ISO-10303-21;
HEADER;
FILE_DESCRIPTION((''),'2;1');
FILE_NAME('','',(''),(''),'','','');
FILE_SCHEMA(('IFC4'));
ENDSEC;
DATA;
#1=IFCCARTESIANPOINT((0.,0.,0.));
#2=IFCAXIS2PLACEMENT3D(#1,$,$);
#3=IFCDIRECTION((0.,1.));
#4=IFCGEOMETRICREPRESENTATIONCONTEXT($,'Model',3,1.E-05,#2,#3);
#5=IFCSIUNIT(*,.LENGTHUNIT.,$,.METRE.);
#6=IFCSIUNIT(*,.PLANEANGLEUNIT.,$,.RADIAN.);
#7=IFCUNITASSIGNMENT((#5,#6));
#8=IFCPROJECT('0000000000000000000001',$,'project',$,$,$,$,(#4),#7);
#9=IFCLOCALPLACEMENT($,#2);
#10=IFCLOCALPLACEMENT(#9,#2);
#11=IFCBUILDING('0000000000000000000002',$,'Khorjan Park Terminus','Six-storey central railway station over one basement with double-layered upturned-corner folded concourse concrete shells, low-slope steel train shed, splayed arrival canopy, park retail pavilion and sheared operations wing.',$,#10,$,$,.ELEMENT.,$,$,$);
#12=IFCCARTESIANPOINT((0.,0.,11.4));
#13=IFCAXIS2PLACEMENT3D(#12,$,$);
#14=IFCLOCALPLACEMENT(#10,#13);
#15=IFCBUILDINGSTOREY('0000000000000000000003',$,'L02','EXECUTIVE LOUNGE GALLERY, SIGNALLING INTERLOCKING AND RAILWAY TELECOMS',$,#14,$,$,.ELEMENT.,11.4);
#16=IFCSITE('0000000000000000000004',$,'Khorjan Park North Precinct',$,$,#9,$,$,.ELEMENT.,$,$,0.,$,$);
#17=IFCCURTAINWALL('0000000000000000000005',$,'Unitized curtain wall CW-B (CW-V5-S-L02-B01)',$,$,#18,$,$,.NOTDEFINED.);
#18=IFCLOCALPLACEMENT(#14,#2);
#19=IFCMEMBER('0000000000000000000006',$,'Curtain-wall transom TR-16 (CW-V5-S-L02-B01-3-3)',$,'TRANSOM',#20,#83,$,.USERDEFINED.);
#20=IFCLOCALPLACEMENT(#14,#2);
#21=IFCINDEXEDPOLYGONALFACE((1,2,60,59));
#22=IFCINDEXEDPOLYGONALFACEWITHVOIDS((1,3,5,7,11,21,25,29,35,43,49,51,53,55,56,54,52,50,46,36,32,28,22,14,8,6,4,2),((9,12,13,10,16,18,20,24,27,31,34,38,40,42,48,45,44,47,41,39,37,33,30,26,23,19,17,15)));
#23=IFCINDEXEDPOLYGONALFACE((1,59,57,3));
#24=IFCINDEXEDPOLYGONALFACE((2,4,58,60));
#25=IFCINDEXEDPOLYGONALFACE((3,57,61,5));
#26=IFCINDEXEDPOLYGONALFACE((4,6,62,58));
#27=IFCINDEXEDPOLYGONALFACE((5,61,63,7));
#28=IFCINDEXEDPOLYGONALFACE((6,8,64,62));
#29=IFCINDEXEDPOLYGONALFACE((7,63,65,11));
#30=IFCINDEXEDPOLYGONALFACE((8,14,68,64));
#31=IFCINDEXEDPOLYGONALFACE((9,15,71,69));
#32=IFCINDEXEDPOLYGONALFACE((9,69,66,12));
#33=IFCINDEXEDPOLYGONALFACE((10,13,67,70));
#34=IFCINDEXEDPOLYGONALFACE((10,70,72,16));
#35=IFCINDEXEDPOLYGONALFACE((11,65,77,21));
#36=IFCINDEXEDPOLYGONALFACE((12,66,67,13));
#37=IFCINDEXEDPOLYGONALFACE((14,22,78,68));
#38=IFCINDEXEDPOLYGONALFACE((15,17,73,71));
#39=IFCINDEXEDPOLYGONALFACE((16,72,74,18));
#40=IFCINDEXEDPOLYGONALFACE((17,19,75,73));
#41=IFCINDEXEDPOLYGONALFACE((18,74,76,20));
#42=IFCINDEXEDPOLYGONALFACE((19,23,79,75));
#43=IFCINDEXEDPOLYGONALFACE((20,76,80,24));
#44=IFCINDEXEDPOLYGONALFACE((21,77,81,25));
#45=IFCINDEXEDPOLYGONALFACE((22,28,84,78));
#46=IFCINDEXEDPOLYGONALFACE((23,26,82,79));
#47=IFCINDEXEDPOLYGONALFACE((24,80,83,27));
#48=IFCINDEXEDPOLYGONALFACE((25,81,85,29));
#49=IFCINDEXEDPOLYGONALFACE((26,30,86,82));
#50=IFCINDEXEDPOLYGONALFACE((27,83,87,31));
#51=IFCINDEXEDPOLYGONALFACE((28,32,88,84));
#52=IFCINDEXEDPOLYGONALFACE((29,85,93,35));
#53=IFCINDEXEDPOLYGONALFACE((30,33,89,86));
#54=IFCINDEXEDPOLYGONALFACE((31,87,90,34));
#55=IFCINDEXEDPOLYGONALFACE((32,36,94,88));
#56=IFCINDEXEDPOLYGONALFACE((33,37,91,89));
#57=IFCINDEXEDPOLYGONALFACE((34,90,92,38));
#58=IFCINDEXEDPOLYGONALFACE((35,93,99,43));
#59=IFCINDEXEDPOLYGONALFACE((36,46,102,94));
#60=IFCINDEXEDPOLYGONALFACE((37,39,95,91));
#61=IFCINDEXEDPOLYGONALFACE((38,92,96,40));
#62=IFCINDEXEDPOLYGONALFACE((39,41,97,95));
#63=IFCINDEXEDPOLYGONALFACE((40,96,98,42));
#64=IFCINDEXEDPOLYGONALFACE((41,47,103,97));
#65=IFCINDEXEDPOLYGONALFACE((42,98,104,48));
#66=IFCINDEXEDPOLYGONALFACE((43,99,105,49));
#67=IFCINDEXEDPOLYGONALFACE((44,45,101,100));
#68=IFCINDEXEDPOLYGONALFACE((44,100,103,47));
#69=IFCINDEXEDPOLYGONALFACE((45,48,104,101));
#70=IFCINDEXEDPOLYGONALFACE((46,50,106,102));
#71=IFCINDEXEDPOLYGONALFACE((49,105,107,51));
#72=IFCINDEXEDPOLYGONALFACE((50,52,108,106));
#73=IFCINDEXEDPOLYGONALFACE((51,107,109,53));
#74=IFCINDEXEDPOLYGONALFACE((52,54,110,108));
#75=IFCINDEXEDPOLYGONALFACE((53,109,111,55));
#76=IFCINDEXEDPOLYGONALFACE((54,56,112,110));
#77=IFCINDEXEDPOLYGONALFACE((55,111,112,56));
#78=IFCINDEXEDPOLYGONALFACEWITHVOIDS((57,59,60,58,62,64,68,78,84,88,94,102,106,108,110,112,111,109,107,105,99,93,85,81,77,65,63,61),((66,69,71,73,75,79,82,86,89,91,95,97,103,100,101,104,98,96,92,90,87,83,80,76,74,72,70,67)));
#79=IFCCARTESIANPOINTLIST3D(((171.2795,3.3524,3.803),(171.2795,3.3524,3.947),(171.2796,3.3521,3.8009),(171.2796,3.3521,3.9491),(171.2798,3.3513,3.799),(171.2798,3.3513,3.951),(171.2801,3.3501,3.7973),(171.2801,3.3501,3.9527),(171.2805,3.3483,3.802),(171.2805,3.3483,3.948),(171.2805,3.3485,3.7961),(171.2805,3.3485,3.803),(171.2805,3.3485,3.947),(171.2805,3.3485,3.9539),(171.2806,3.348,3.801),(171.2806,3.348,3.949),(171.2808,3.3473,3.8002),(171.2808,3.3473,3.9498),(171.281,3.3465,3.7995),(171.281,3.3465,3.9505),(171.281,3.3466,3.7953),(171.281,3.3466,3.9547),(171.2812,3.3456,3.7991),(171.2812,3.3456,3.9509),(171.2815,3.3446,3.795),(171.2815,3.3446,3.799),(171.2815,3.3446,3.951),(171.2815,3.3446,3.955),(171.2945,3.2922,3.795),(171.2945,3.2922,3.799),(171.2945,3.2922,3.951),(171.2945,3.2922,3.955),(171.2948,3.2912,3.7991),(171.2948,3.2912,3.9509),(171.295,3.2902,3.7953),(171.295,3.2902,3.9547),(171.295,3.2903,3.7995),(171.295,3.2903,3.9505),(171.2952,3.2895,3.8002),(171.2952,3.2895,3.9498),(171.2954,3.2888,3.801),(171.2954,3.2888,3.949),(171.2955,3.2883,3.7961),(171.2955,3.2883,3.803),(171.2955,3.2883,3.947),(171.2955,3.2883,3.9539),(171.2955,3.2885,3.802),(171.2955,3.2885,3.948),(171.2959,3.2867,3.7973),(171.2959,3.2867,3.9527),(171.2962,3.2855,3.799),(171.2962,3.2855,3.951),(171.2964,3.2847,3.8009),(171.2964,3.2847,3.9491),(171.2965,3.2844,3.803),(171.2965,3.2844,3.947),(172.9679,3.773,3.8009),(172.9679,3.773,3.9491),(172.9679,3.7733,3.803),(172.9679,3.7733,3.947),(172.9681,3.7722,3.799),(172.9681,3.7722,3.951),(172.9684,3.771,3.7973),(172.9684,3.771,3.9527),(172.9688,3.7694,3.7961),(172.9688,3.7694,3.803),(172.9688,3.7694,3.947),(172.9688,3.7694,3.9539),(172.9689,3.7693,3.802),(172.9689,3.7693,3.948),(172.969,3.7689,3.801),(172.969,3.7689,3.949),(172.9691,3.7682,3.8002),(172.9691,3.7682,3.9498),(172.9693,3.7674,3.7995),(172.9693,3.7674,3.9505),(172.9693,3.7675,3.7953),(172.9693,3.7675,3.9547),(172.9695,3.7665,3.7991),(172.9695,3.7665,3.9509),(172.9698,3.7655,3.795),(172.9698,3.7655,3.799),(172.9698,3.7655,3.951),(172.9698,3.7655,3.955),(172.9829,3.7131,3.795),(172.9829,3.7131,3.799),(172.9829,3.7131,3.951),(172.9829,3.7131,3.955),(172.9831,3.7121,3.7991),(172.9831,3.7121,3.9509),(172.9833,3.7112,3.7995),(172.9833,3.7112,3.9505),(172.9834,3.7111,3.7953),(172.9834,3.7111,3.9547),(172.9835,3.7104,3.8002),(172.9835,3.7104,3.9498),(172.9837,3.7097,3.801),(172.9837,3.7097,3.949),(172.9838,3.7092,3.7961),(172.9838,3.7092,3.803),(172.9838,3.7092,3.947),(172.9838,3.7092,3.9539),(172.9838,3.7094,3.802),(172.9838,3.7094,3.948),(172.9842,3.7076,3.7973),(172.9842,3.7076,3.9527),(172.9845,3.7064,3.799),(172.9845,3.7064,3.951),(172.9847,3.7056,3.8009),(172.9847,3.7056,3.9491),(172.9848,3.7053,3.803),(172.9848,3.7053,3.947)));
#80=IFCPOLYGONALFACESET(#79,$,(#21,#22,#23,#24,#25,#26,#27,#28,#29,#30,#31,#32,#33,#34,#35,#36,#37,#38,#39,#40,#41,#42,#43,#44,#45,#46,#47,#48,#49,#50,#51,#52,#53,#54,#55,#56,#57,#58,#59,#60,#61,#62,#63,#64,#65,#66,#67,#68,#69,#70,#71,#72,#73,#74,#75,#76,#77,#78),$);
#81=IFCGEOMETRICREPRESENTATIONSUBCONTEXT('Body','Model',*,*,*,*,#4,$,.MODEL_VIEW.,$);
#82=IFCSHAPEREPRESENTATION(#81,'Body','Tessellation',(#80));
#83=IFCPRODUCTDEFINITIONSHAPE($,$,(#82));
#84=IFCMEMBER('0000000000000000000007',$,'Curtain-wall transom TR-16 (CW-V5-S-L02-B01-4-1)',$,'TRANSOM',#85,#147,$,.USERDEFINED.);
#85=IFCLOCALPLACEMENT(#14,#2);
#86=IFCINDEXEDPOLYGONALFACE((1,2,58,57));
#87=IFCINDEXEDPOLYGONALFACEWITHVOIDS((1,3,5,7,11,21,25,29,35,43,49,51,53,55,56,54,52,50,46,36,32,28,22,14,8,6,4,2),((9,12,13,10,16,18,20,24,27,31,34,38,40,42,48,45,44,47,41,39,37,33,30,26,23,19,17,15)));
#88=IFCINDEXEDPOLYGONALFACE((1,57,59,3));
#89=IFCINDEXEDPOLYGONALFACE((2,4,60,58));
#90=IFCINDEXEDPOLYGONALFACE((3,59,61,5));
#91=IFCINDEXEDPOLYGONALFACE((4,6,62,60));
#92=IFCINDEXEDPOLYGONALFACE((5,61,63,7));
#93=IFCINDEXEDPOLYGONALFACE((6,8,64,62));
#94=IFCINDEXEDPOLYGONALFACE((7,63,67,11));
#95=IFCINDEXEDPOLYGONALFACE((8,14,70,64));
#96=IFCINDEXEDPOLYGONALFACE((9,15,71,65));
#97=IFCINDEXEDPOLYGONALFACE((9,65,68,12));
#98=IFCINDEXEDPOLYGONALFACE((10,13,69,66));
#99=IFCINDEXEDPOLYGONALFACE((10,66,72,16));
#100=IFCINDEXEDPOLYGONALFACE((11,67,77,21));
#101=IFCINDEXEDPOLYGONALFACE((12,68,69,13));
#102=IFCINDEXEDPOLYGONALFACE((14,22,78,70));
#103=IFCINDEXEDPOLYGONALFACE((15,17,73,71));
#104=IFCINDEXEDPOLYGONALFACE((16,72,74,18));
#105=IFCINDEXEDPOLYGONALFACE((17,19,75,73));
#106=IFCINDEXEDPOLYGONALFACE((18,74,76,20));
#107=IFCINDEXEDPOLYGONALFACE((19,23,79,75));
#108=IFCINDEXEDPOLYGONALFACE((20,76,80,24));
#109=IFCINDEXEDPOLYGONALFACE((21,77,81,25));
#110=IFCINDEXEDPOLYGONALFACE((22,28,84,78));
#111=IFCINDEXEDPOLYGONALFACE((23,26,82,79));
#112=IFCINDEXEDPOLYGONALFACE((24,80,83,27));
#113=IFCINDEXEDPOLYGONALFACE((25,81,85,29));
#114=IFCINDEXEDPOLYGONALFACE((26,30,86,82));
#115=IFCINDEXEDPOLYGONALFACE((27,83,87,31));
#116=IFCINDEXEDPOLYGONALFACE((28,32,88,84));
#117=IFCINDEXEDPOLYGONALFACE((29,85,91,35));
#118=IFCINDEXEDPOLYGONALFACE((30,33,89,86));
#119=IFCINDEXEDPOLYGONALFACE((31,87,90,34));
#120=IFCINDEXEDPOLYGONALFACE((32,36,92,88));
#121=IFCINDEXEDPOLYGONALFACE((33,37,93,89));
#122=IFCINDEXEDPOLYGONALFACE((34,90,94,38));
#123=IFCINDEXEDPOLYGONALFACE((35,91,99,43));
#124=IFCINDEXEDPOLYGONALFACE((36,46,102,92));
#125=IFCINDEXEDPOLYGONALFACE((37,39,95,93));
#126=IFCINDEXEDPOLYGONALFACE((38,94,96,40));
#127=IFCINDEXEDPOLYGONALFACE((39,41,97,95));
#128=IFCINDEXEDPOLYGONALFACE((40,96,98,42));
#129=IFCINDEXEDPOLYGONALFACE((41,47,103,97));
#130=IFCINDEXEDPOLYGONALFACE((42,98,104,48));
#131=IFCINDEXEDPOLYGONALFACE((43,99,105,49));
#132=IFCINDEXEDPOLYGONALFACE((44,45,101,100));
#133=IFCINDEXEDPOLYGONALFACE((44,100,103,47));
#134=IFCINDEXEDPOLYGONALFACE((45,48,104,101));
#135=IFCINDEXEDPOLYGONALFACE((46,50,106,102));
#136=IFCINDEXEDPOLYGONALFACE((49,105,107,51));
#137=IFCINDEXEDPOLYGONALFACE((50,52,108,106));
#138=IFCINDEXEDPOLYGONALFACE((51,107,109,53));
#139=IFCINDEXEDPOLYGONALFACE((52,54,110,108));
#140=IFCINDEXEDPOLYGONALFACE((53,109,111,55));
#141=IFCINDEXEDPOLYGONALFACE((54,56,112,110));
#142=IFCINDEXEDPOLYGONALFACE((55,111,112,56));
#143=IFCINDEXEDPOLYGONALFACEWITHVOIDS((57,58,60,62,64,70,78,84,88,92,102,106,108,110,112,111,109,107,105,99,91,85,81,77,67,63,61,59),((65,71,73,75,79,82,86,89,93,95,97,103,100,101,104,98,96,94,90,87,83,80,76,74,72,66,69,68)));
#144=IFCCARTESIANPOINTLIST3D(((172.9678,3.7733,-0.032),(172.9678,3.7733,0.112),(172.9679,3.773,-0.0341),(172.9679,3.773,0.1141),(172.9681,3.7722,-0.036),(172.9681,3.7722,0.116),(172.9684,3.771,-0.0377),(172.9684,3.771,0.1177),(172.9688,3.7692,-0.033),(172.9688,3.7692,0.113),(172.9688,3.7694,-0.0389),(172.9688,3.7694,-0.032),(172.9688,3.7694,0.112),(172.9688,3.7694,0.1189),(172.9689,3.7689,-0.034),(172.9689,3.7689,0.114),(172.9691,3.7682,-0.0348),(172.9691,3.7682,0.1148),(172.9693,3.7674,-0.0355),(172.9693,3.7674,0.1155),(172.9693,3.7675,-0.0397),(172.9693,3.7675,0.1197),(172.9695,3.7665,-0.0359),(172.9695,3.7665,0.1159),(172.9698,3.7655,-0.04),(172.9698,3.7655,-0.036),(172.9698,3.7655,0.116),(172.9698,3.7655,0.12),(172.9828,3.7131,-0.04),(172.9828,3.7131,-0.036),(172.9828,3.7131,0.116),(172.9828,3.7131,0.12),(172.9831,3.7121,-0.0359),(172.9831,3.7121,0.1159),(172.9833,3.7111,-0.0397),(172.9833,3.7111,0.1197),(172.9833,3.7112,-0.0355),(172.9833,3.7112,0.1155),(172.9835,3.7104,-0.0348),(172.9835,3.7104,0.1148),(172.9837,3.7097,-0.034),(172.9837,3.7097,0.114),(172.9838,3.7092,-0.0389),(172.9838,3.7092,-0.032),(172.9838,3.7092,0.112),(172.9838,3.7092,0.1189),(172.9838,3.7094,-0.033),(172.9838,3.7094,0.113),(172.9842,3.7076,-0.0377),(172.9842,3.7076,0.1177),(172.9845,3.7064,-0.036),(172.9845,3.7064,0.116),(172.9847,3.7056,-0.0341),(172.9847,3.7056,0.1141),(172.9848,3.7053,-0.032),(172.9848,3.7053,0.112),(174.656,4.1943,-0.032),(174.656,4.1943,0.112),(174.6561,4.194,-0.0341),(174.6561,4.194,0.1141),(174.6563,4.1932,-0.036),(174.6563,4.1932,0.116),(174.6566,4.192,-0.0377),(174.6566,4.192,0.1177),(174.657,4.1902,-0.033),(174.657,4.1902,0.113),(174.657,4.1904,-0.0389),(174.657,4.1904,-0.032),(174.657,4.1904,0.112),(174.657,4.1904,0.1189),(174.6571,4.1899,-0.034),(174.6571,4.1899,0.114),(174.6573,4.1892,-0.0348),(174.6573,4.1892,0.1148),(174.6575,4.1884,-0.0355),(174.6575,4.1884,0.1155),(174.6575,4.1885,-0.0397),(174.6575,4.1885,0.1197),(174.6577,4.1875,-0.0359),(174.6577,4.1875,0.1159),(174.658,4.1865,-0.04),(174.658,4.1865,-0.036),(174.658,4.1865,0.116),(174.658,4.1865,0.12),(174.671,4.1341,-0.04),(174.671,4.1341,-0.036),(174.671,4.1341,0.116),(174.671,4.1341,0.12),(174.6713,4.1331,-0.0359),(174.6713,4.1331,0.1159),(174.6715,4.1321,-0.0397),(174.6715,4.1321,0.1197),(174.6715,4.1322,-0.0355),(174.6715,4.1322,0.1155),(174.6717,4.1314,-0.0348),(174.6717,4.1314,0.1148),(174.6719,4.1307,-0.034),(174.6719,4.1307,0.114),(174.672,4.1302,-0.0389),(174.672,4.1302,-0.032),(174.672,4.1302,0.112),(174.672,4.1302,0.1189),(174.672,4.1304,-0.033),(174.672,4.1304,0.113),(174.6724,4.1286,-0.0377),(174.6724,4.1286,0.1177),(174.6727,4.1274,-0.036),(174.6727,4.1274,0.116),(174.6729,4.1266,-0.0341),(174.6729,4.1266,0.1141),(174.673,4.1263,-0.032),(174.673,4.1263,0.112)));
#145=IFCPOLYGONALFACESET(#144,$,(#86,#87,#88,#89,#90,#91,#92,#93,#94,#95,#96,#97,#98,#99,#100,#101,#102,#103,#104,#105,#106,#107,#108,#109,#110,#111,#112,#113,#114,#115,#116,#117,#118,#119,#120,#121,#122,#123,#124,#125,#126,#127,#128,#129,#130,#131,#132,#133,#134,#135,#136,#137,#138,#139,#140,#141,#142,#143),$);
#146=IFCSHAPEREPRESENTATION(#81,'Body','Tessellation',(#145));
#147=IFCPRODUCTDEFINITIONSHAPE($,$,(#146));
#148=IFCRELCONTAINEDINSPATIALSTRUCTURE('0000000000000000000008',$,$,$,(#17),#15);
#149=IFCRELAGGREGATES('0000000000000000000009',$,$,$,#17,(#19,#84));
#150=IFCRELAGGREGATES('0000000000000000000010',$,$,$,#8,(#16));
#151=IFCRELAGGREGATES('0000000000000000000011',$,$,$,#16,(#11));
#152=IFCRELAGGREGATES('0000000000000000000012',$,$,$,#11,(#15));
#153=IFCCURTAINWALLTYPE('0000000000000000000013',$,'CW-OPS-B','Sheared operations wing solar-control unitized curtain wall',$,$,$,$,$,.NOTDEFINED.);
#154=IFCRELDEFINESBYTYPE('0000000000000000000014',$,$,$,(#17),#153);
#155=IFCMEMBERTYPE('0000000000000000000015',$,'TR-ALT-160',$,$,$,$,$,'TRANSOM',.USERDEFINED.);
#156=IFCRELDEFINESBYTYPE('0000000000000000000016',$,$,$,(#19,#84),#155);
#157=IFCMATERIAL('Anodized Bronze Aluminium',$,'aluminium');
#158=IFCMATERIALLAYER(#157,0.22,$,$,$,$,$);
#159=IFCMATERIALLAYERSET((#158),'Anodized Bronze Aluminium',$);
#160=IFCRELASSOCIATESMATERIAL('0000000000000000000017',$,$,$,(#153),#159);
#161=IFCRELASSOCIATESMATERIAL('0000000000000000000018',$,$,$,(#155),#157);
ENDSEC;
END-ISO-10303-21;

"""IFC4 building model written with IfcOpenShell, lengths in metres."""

from ifc_helpers import new_model, si_unit, direction, frame, origin, origin_2d, place, context, subcontext, project, spatial, hollow_rectangle, extrude, material, layer, layer_set, material_profile, profile_set, type_object, element, aggregate, save


model = new_model("IFC4")

# Units and contexts
model_context = context("Model", 3, precision=1e-05, world=origin(), true_north=direction((0.0, 1.0)))
body_context = subcontext(model_context, "Body", "Model", "MODEL_VIEW")
ifc_project = project(units=[si_unit("LENGTHUNIT", "METRE"), si_unit("PLANEANGLEUNIT", "RADIAN")], contexts=[model_context])

# Site, building, storey
site_placement = place(None, origin())
site = spatial("IfcSite", under=ifc_project, at=site_placement, Name="Khorjan Park North Precinct", CompositionType="ELEMENT", RefElevation=0.0)
building_placement = place(site_placement, origin())
building = spatial("IfcBuilding", under=site, at=building_placement, Name="Khorjan Park Terminus", Description="Six-storey central railway station over one basement with double-layered upturned-corner folded concourse concrete shells, low-slope steel train shed, splayed arrival canopy, park retail pavilion and sheared operations wing.", CompositionType="ELEMENT")
storey_placement = place(building_placement, frame((0.0, 0.0, 11.4)))
storey = spatial("IfcBuildingStorey", under=building, at=storey_placement, Name="L02", Description="EXECUTIVE LOUNGE GALLERY, SIGNALLING INTERLOCKING AND RAILWAY TELECOMS", CompositionType="ELEMENT", Elevation=11.4)

# Curtain wall
ifc_material_1 = material(Name="Anodized Bronze Aluminium", Category="aluminium")
ifc_layer_1 = layer(ifc_material_1, 0.22)
ifc_layer_set_1 = layer_set([ifc_layer_1], Name="Anodized Bronze Aluminium")
curtain_wall_type = type_object("IfcCurtainWallType", Name="CW-OPS-B", Description="Sheared operations wing solar-control unitized curtain wall", PredefinedType="NOTDEFINED", material=ifc_layer_set_1)
curtain_wall_1_placement = place(storey_placement, origin())
curtain_wall_1 = element("IfcCurtainWall", 1, at=curtain_wall_1_placement, inside=storey, type_object=curtain_wall_type, Name="Unitized curtain wall CW-B (CW-V5-S-L02-B01)", PredefinedType="NOTDEFINED")

# Members
ifc_material_profile_1 = material_profile(ifc_material_1, hollow_rectangle(XDim=0.07, YDim=0.16, WallThickness=0.004, InnerFilletRadius=0.004, OuterFilletRadius=0.008, at=origin_2d()), Name="ALT 70x160x4")
ifc_profile_set_1 = profile_set([ifc_material_profile_1], Name="Anodized Bronze Aluminium")
member_type_1 = type_object("IfcMemberType", Name="TR-ALT-160", ElementType="TRANSOM", PredefinedType="USERDEFINED", material=ifc_profile_set_1)
member_1_placement = place(storey_placement, frame((171.288, 3.3184, 3.875), z_axis=(0.970301, 0.2419, 0.0), x_axis=(-0.2419, 0.970301, 0.0)))
member_1 = element("IfcMember", 2, at=member_1_placement, type_object=member_type_1, Name="Curtain-wall transom TR-16 (CW-V5-S-L02-B01-3-3)", ObjectType="TRANSOM", PredefinedType="USERDEFINED", context=body_context, shape_type="SweptSolid", body=[
    extrude(hollow_rectangle(XDim=0.07, YDim=0.16, WallThickness=0.004, InnerFilletRadius=0.004, OuterFilletRadius=0.008, at=origin_2d()), origin(), (0.0, 0.0, 1.0), 1.74),
])
member_2_placement = place(storey_placement, frame((172.9763, 3.7393, 0.04), z_axis=(0.970284, 0.241968, 0.0), x_axis=(-0.241968, 0.970284, 0.0)))
member_2 = element("IfcMember", 3, at=member_2_placement, type_object=member_type_1, Name="Curtain-wall transom TR-16 (CW-V5-S-L02-B01-4-1)", ObjectType="TRANSOM", PredefinedType="USERDEFINED", context=body_context, shape_type="SweptSolid", body=[
    extrude(hollow_rectangle(XDim=0.07, YDim=0.16, WallThickness=0.004, InnerFilletRadius=0.004, OuterFilletRadius=0.008, at=origin_2d()), origin(), (0.0, 0.0, 1.0), 1.7399),
])

aggregate(curtain_wall_1, [member_1, member_2])

save(model, "model.ifc")
